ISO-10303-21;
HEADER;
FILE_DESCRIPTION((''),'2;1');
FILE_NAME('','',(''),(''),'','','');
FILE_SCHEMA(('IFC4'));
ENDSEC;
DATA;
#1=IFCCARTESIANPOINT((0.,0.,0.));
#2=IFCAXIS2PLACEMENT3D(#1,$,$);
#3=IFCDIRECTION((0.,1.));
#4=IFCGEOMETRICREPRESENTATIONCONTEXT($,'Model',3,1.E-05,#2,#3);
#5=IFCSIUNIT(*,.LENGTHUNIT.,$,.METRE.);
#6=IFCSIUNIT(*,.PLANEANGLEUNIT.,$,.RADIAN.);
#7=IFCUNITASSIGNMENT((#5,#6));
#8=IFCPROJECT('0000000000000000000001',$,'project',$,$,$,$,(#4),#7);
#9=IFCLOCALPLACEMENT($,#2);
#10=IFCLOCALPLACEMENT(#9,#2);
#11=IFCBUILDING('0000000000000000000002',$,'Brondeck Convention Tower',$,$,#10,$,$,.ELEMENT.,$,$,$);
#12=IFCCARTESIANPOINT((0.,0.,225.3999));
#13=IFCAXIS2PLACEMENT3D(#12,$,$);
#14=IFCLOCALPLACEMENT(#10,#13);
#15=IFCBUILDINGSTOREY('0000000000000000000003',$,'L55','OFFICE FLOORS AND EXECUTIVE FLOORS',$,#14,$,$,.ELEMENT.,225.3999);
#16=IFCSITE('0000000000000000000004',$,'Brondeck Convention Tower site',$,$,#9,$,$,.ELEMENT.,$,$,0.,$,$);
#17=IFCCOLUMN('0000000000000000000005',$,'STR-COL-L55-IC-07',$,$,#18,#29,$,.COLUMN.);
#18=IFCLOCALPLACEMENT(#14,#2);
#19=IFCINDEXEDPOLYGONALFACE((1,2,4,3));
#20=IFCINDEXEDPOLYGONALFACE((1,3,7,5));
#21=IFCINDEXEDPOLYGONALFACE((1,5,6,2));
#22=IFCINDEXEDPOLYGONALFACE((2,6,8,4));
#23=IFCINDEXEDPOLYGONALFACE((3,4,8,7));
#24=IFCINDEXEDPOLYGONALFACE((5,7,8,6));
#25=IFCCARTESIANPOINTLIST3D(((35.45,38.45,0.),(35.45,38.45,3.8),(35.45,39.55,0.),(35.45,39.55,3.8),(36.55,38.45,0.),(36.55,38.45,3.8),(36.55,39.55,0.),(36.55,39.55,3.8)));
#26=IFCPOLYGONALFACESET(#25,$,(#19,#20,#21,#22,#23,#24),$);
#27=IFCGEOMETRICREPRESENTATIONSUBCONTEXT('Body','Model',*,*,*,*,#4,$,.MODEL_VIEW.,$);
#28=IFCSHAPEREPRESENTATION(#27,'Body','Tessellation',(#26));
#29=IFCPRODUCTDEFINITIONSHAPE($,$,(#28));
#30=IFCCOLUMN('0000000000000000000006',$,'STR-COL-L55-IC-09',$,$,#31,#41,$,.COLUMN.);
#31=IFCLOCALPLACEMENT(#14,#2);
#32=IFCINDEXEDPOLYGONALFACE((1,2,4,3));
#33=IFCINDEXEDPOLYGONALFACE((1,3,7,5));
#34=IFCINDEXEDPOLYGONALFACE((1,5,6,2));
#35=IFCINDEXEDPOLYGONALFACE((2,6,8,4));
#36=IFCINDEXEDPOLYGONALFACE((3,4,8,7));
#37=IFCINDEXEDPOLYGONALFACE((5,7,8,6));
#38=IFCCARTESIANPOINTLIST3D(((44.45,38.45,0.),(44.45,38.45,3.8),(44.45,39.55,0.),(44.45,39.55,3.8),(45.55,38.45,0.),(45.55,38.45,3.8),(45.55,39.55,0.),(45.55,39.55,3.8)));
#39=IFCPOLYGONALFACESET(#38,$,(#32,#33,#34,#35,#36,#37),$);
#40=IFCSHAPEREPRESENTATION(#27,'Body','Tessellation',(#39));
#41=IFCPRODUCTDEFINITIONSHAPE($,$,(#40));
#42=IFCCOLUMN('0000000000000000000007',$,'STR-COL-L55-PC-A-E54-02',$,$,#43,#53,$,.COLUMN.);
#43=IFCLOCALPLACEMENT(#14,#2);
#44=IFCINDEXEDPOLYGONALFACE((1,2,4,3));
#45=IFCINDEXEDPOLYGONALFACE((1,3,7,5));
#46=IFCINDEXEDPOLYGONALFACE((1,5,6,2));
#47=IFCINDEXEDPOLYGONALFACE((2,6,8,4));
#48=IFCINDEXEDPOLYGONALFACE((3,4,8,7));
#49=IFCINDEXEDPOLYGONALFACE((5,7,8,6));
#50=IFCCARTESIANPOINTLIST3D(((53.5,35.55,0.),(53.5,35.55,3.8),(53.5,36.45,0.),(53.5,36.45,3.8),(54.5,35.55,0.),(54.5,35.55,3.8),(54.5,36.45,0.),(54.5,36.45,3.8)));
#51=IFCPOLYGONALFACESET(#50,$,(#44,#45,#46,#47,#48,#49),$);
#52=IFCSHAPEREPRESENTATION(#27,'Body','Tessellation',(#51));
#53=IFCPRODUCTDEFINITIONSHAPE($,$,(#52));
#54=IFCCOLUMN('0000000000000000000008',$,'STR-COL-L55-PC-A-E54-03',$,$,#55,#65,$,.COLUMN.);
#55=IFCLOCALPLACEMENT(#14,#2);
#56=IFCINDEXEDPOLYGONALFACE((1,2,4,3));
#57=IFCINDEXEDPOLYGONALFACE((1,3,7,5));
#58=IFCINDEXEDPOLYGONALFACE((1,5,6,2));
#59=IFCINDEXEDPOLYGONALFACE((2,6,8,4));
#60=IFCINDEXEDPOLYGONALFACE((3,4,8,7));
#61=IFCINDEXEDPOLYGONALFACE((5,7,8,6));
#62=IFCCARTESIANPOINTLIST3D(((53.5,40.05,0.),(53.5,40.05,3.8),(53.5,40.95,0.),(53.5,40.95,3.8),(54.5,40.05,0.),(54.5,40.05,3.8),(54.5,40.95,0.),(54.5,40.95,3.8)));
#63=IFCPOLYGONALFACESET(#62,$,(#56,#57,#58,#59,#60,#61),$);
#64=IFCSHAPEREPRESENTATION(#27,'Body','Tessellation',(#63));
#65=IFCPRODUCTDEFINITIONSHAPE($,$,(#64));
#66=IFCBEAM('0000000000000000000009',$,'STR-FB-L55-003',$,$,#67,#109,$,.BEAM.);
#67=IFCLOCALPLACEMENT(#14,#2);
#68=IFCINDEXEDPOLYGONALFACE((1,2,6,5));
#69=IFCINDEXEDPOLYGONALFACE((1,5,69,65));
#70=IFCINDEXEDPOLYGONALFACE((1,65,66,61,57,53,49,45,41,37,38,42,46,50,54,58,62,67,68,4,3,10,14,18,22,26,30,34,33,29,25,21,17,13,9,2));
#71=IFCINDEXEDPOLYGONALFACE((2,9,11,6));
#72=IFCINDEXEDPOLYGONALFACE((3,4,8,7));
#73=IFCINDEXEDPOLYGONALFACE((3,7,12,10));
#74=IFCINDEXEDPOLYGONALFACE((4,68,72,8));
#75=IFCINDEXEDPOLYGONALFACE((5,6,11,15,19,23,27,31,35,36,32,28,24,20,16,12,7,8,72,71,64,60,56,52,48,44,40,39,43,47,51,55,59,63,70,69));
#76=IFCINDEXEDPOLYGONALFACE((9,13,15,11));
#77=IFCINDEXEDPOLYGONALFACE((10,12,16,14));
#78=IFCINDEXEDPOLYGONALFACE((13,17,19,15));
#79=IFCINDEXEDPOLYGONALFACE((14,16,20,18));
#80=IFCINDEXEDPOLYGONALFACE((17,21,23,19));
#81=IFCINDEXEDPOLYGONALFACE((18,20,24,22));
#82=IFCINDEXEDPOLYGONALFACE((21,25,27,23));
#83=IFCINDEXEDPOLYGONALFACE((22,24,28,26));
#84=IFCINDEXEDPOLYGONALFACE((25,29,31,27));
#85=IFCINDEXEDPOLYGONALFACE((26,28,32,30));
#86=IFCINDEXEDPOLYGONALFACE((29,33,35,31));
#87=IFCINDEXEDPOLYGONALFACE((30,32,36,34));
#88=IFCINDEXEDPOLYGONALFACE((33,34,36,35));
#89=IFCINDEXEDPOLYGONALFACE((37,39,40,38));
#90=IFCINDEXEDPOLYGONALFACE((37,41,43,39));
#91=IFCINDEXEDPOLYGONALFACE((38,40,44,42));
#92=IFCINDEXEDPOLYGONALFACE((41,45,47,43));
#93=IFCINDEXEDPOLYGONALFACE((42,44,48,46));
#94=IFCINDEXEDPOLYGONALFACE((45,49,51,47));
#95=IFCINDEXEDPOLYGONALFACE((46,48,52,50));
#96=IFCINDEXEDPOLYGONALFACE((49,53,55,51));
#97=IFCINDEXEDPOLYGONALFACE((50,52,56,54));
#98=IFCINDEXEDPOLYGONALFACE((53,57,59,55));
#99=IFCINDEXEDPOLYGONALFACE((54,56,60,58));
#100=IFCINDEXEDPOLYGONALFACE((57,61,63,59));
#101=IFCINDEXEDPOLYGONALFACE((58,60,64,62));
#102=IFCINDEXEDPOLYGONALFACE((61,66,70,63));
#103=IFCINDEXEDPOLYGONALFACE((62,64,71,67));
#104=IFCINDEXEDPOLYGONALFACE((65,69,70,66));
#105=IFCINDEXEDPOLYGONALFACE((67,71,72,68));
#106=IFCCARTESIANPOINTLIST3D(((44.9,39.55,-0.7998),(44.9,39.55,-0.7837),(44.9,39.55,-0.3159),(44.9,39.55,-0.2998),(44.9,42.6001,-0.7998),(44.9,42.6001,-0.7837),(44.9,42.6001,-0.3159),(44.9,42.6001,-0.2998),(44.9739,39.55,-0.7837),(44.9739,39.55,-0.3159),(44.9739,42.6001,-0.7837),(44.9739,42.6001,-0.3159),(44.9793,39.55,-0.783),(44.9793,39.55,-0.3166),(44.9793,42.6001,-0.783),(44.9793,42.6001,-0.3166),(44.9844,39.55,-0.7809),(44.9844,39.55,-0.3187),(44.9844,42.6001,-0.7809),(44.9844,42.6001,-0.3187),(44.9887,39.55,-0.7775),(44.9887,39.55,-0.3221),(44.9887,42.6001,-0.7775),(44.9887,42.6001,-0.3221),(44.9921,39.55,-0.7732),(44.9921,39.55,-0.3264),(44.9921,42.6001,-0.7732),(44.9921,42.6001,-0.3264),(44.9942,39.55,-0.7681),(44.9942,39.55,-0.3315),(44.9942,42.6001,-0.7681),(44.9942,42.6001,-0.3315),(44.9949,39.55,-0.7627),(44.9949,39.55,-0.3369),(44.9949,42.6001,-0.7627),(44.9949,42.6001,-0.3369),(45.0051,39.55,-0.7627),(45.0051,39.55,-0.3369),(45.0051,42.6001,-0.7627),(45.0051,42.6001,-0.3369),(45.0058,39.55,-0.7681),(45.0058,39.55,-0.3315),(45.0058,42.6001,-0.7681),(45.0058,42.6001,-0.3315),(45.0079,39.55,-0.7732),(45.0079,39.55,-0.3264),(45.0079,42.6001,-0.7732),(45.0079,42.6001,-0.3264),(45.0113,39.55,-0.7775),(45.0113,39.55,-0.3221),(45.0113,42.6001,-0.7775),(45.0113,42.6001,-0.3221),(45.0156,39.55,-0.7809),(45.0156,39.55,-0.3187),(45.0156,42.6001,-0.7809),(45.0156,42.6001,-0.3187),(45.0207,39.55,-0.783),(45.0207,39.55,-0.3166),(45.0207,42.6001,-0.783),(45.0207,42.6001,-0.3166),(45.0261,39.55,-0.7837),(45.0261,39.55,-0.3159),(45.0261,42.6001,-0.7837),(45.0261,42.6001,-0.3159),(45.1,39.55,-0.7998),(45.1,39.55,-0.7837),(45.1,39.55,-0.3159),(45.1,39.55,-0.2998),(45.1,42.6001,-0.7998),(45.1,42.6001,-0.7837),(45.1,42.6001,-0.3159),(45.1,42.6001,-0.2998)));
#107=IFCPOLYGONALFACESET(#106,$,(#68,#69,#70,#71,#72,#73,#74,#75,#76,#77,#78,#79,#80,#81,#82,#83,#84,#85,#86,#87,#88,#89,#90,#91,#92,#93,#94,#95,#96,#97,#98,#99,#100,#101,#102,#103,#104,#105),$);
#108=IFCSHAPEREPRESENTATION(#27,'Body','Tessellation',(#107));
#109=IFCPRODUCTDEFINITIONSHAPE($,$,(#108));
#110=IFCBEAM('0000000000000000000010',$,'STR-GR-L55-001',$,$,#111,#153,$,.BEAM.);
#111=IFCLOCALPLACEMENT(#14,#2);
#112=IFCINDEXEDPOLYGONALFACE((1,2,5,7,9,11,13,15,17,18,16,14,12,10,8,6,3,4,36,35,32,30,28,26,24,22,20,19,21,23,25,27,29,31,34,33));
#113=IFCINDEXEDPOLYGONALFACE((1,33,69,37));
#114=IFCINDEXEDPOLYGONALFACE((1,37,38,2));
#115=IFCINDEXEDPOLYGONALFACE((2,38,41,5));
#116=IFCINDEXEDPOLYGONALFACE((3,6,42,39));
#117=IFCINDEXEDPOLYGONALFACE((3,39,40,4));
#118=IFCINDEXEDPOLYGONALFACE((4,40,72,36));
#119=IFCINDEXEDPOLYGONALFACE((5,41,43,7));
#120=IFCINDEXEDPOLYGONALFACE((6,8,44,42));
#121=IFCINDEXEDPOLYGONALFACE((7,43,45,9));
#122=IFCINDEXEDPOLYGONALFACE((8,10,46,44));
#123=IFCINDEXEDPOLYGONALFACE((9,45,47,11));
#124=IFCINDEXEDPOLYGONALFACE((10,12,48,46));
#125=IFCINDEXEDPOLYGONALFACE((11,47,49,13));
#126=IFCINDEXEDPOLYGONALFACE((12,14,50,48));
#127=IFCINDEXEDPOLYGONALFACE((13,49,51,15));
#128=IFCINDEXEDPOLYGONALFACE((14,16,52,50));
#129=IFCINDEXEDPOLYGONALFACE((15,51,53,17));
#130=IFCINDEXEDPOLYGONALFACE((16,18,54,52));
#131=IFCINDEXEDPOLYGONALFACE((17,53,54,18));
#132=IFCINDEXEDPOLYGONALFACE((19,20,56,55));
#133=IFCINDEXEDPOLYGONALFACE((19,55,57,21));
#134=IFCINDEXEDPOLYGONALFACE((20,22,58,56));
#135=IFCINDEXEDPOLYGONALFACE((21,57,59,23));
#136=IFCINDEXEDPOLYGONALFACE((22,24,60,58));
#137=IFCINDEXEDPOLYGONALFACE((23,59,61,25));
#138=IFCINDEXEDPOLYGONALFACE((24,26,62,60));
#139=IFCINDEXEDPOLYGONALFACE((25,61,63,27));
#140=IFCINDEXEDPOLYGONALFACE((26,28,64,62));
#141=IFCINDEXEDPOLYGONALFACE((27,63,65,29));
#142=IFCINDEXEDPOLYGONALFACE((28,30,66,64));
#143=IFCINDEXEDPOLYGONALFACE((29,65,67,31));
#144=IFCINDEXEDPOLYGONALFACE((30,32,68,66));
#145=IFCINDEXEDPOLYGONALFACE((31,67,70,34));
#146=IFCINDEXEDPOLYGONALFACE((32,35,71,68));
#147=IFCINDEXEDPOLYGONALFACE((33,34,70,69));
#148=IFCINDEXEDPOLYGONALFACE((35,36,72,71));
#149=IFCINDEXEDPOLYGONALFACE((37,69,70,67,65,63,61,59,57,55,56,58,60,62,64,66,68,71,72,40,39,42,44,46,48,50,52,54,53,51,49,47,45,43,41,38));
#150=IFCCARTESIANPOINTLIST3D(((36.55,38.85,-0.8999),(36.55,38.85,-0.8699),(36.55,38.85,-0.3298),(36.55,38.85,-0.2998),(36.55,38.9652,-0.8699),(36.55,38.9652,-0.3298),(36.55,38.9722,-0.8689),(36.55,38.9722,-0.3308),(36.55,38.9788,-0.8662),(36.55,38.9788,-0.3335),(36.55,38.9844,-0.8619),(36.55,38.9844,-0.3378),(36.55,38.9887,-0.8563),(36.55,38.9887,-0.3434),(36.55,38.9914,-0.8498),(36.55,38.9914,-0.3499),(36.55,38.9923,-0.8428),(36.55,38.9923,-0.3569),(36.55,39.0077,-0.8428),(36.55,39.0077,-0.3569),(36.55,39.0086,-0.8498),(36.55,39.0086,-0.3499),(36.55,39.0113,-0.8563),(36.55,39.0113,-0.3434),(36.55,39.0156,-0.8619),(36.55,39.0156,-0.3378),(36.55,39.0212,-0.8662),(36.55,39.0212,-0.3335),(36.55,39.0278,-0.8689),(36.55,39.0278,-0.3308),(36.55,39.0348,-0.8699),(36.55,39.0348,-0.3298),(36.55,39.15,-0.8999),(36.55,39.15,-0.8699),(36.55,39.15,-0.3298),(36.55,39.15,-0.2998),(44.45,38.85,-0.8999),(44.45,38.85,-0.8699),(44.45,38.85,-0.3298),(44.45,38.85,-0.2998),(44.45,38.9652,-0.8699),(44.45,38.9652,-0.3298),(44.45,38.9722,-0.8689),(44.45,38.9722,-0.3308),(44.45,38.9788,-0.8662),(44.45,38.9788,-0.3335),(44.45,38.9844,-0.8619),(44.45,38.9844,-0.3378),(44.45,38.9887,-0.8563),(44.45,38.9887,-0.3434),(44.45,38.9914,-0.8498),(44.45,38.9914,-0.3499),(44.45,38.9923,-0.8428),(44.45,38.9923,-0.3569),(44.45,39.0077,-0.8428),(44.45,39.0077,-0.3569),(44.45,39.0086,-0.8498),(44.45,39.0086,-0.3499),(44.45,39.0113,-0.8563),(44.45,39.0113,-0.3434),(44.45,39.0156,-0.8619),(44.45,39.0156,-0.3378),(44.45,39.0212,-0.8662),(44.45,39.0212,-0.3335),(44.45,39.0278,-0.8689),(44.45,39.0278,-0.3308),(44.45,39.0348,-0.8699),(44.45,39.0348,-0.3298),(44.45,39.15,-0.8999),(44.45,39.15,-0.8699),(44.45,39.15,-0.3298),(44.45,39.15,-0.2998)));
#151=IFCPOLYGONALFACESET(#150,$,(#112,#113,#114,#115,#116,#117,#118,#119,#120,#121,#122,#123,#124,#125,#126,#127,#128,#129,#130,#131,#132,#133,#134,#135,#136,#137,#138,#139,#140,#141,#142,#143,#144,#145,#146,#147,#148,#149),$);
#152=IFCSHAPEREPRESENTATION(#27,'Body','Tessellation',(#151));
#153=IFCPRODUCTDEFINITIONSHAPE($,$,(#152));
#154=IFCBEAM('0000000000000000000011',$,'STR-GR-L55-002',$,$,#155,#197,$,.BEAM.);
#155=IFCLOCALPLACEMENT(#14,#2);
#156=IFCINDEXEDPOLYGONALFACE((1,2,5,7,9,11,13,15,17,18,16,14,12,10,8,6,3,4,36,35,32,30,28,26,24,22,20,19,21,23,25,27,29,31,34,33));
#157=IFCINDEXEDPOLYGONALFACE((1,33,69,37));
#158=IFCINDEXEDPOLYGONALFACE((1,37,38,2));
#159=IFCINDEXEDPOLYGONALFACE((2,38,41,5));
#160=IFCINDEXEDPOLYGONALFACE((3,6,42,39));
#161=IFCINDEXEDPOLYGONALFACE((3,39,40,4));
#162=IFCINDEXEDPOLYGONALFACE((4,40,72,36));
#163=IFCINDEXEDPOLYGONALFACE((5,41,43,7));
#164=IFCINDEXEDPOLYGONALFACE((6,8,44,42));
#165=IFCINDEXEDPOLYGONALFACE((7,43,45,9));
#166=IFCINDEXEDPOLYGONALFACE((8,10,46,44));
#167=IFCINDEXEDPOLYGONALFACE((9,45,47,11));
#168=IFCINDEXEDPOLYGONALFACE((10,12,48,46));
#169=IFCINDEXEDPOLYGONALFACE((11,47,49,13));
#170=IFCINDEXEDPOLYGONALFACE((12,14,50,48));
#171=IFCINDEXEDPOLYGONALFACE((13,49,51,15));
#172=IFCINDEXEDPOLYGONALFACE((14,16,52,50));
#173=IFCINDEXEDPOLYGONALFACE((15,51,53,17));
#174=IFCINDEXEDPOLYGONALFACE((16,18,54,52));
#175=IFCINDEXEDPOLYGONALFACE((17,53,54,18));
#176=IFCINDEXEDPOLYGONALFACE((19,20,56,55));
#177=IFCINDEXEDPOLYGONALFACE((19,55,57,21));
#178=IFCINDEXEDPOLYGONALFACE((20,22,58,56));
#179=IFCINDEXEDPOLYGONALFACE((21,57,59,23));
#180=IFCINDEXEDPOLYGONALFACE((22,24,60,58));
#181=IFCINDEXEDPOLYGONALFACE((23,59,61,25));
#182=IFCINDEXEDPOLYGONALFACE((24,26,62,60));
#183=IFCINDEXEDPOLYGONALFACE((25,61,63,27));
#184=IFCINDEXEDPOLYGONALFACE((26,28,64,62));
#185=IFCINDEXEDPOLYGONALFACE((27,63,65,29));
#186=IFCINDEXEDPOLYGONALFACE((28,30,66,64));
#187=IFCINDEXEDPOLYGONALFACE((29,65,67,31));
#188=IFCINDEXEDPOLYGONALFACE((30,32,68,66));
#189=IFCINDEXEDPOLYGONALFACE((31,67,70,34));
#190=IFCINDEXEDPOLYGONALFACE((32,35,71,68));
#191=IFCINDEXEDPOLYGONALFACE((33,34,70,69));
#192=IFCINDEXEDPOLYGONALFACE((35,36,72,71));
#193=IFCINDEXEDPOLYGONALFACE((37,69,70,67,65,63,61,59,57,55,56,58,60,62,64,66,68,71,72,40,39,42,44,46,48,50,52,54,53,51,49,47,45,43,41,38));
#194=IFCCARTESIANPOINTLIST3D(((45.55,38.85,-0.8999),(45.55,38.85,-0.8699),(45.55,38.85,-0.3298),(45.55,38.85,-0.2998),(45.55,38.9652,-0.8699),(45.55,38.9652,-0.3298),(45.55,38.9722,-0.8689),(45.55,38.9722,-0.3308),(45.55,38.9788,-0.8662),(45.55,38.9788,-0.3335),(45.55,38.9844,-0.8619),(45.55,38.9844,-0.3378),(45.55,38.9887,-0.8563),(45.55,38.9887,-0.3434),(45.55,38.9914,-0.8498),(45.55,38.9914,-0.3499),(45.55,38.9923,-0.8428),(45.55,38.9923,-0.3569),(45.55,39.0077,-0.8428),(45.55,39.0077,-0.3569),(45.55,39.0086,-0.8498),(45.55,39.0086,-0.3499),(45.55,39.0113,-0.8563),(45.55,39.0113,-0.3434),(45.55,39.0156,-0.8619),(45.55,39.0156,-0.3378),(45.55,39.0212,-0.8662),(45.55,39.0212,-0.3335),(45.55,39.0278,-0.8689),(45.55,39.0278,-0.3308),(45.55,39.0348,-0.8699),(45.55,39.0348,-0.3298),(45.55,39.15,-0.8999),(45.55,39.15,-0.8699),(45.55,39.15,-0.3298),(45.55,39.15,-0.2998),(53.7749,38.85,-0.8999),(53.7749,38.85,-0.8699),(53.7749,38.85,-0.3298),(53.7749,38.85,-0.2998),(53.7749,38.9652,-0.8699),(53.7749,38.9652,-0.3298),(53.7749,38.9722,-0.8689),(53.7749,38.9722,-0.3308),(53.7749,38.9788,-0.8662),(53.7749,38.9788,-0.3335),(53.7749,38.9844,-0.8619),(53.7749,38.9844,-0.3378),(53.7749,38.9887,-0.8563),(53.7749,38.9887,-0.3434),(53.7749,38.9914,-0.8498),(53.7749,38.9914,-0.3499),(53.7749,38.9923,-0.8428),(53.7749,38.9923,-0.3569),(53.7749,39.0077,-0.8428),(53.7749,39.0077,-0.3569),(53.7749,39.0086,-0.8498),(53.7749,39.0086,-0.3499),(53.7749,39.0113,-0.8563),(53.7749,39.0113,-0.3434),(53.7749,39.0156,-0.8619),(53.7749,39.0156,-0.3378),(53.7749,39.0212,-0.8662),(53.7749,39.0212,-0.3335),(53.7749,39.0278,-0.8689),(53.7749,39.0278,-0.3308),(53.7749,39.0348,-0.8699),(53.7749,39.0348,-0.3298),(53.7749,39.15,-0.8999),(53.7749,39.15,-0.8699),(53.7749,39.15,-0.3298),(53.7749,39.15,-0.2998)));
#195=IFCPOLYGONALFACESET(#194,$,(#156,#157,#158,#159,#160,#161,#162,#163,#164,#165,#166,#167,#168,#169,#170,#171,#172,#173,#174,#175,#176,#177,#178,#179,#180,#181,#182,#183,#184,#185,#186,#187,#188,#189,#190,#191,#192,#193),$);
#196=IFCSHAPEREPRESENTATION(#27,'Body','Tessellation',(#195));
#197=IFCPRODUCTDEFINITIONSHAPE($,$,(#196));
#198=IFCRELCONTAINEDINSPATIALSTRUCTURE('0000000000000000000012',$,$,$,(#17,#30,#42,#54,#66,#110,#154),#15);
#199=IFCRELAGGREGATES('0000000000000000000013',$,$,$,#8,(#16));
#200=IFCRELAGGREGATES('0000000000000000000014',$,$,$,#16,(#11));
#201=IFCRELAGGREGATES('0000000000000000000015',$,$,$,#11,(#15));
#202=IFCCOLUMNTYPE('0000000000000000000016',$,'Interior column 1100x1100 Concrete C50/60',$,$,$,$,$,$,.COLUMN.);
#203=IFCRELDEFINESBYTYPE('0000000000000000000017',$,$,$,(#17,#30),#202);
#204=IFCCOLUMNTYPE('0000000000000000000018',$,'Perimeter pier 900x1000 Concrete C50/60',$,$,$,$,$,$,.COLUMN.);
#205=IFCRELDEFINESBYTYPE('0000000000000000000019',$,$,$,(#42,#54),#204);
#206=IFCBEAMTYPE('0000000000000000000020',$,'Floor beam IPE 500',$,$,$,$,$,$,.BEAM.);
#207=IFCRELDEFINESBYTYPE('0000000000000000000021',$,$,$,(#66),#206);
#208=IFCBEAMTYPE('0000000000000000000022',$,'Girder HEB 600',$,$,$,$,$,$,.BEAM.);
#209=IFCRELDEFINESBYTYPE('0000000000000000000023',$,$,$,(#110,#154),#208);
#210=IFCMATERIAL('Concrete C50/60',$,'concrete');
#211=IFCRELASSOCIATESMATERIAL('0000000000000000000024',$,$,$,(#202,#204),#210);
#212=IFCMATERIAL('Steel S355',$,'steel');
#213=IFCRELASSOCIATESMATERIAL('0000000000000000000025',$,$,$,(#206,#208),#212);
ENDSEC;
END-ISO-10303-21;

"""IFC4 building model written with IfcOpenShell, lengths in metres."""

from ifc_helpers import new_model, si_unit, direction, frame, origin, origin_2d, place, context, subcontext, project, spatial, rectangle, i_section, extrude, material, material_profile, profile_set, type_object, element, save


model = new_model("IFC4")

# Units and contexts
model_context = context("Model", 3, precision=1e-05, world=origin(), true_north=direction((0.0, 1.0)))
body_context = subcontext(model_context, "Body", "Model", "MODEL_VIEW")
ifc_project = project(units=[si_unit("LENGTHUNIT", "METRE"), si_unit("PLANEANGLEUNIT", "RADIAN")], contexts=[model_context])

# Site, building, storey
site_placement = place(None, origin())
site = spatial("IfcSite", under=ifc_project, at=site_placement, Name="Brondeck Convention Tower site", CompositionType="ELEMENT", RefElevation=0.0)
building_placement = place(site_placement, origin())
building = spatial("IfcBuilding", under=site, at=building_placement, Name="Brondeck Convention Tower", CompositionType="ELEMENT")
storey_placement = place(building_placement, frame((0.0, 0.0, 225.3999)))
storey = spatial("IfcBuildingStorey", under=building, at=storey_placement, Name="L55", Description="OFFICE FLOORS AND EXECUTIVE FLOORS", CompositionType="ELEMENT", Elevation=225.3999)

# Columns
ifc_material_1 = material(Name="Concrete C50/60", Category="concrete")
ifc_material_profile_1 = material_profile(ifc_material_1, rectangle(XDim=1.1001, YDim=1.1001, at=origin_2d()), Name="Interior column 1100x1100 Concrete C50/60")
ifc_profile_set_1 = profile_set([ifc_material_profile_1], Name="Concrete C50/60")
column_type_1 = type_object("IfcColumnType", Name="Interior column 1100x1100 Concrete C50/60", PredefinedType="COLUMN", material=ifc_profile_set_1)
for number, where, z_axis, x_axis, name in (
    (1, (36.0, 39.0, 0.0), (0.0, 0.0, 1.0), (1.0, 0.0, 0.0), "STR-COL-L55-IC-07"),
    (2, (45.0, 39.0, 0.0), (0.0, 0.0, 1.0), (1.0, 0.0, 0.0), "STR-COL-L55-IC-09"),
):
    element("IfcColumn", number, at=place(storey_placement, frame(where, z_axis=z_axis, x_axis=x_axis)), inside=storey, type_object=column_type_1, Name=name, PredefinedType="COLUMN", context=body_context, shape_type="SweptSolid", body=[
        extrude(rectangle(XDim=1.1001, YDim=1.1001, at=origin_2d()), origin(), (0.0, 0.0, 1.0), 3.8),
    ])
ifc_material_profile_2 = material_profile(ifc_material_1, rectangle(XDim=0.8999, YDim=1.0, at=origin_2d()), Name="Perimeter pier 900x1000 Concrete C50/60")
ifc_profile_set_2 = profile_set([ifc_material_profile_2], Name="Concrete C50/60")
column_type_2 = type_object("IfcColumnType", Name="Perimeter pier 900x1000 Concrete C50/60", PredefinedType="COLUMN", material=ifc_profile_set_2)
for number, where, z_axis, x_axis, name in (
    (3, (54.0, 36.0, 0.0), (0.0, 0.0, 1.0), (0.0, 1.0, 0.0), "STR-COL-L55-PC-A-E54-02"),
    (4, (54.0, 40.5, 0.0), (0.0, 0.0, 1.0), (0.0, 1.0, 0.0), "STR-COL-L55-PC-A-E54-03"),
):
    element("IfcColumn", number, at=place(storey_placement, frame(where, z_axis=z_axis, x_axis=x_axis)), inside=storey, type_object=column_type_2, Name=name, PredefinedType="COLUMN", context=body_context, shape_type="SweptSolid", body=[
        extrude(rectangle(XDim=0.8999, YDim=1.0, at=origin_2d()), origin(), (0.0, 0.0, 1.0), 3.8),
    ])

# Beams
ifc_material_2 = material(Name="Steel S355", Category="steel")
ifc_material_profile_3 = material_profile(ifc_material_2, i_section(OverallWidth=0.2, OverallDepth=0.5, WebThickness=0.0103, FlangeThickness=0.0161, FilletRadius=0.021, at=origin_2d()), Name="IPE 500")
ifc_profile_set_3 = profile_set([ifc_material_profile_3], Name="Steel S355")
beam_type_1 = type_object("IfcBeamType", Name="Floor beam IPE 500", PredefinedType="BEAM", material=ifc_profile_set_3)
beam_1_placement = place(storey_placement, frame((45.0, 39.55, -0.5498), z_axis=(0.0, 1.0, 0.0), x_axis=(-1.0, 0.0, 0.0)))
element("IfcBeam", 5, at=beam_1_placement, inside=storey, type_object=beam_type_1, Name="STR-FB-L55-003", PredefinedType="BEAM", context=body_context, shape_type="SweptSolid", body=[
    extrude(i_section(OverallWidth=0.2, OverallDepth=0.5, WebThickness=0.0103, FlangeThickness=0.0161, FilletRadius=0.021, at=origin_2d()), origin(), (0.0, 0.0, 1.0), 3.05),
])
ifc_material_profile_4 = material_profile(ifc_material_2, i_section(OverallWidth=0.3, OverallDepth=0.6001, WebThickness=0.0154, FlangeThickness=0.03, FilletRadius=0.0271, at=origin_2d()), Name="HEB 600")
ifc_profile_set_4 = profile_set([ifc_material_profile_4], Name="Steel S355")
beam_type_2 = type_object("IfcBeamType", Name="Girder HEB 600", PredefinedType="BEAM", material=ifc_profile_set_4)
beam_2_placement = place(storey_placement, frame((36.55, 39.0, -0.5999), z_axis=(1.0, 0.0, 0.0), x_axis=(0.0, 1.0, 0.0)))
element("IfcBeam", 6, at=beam_2_placement, inside=storey, type_object=beam_type_2, Name="STR-GR-L55-001", PredefinedType="BEAM", context=body_context, shape_type="SweptSolid", body=[
    extrude(i_section(OverallWidth=0.3, OverallDepth=0.6001, WebThickness=0.0154, FlangeThickness=0.03, FilletRadius=0.0271, at=origin_2d()), origin(), (0.0, 0.0, 1.0), 7.8999),
])
beam_3_placement = place(storey_placement, frame((45.55, 39.0, -0.5999), z_axis=(1.0, 0.0, 0.0), x_axis=(0.0, 1.0, 0.0)))
element("IfcBeam", 7, at=beam_3_placement, inside=storey, type_object=beam_type_2, Name="STR-GR-L55-002", PredefinedType="BEAM", context=body_context, shape_type="SweptSolid", body=[
    extrude(i_section(OverallWidth=0.3, OverallDepth=0.6001, WebThickness=0.0154, FlangeThickness=0.03, FilletRadius=0.0271, at=origin_2d()), origin(), (0.0, 0.0, 1.0), 8.2249),
])

save(model, "model.ifc")
